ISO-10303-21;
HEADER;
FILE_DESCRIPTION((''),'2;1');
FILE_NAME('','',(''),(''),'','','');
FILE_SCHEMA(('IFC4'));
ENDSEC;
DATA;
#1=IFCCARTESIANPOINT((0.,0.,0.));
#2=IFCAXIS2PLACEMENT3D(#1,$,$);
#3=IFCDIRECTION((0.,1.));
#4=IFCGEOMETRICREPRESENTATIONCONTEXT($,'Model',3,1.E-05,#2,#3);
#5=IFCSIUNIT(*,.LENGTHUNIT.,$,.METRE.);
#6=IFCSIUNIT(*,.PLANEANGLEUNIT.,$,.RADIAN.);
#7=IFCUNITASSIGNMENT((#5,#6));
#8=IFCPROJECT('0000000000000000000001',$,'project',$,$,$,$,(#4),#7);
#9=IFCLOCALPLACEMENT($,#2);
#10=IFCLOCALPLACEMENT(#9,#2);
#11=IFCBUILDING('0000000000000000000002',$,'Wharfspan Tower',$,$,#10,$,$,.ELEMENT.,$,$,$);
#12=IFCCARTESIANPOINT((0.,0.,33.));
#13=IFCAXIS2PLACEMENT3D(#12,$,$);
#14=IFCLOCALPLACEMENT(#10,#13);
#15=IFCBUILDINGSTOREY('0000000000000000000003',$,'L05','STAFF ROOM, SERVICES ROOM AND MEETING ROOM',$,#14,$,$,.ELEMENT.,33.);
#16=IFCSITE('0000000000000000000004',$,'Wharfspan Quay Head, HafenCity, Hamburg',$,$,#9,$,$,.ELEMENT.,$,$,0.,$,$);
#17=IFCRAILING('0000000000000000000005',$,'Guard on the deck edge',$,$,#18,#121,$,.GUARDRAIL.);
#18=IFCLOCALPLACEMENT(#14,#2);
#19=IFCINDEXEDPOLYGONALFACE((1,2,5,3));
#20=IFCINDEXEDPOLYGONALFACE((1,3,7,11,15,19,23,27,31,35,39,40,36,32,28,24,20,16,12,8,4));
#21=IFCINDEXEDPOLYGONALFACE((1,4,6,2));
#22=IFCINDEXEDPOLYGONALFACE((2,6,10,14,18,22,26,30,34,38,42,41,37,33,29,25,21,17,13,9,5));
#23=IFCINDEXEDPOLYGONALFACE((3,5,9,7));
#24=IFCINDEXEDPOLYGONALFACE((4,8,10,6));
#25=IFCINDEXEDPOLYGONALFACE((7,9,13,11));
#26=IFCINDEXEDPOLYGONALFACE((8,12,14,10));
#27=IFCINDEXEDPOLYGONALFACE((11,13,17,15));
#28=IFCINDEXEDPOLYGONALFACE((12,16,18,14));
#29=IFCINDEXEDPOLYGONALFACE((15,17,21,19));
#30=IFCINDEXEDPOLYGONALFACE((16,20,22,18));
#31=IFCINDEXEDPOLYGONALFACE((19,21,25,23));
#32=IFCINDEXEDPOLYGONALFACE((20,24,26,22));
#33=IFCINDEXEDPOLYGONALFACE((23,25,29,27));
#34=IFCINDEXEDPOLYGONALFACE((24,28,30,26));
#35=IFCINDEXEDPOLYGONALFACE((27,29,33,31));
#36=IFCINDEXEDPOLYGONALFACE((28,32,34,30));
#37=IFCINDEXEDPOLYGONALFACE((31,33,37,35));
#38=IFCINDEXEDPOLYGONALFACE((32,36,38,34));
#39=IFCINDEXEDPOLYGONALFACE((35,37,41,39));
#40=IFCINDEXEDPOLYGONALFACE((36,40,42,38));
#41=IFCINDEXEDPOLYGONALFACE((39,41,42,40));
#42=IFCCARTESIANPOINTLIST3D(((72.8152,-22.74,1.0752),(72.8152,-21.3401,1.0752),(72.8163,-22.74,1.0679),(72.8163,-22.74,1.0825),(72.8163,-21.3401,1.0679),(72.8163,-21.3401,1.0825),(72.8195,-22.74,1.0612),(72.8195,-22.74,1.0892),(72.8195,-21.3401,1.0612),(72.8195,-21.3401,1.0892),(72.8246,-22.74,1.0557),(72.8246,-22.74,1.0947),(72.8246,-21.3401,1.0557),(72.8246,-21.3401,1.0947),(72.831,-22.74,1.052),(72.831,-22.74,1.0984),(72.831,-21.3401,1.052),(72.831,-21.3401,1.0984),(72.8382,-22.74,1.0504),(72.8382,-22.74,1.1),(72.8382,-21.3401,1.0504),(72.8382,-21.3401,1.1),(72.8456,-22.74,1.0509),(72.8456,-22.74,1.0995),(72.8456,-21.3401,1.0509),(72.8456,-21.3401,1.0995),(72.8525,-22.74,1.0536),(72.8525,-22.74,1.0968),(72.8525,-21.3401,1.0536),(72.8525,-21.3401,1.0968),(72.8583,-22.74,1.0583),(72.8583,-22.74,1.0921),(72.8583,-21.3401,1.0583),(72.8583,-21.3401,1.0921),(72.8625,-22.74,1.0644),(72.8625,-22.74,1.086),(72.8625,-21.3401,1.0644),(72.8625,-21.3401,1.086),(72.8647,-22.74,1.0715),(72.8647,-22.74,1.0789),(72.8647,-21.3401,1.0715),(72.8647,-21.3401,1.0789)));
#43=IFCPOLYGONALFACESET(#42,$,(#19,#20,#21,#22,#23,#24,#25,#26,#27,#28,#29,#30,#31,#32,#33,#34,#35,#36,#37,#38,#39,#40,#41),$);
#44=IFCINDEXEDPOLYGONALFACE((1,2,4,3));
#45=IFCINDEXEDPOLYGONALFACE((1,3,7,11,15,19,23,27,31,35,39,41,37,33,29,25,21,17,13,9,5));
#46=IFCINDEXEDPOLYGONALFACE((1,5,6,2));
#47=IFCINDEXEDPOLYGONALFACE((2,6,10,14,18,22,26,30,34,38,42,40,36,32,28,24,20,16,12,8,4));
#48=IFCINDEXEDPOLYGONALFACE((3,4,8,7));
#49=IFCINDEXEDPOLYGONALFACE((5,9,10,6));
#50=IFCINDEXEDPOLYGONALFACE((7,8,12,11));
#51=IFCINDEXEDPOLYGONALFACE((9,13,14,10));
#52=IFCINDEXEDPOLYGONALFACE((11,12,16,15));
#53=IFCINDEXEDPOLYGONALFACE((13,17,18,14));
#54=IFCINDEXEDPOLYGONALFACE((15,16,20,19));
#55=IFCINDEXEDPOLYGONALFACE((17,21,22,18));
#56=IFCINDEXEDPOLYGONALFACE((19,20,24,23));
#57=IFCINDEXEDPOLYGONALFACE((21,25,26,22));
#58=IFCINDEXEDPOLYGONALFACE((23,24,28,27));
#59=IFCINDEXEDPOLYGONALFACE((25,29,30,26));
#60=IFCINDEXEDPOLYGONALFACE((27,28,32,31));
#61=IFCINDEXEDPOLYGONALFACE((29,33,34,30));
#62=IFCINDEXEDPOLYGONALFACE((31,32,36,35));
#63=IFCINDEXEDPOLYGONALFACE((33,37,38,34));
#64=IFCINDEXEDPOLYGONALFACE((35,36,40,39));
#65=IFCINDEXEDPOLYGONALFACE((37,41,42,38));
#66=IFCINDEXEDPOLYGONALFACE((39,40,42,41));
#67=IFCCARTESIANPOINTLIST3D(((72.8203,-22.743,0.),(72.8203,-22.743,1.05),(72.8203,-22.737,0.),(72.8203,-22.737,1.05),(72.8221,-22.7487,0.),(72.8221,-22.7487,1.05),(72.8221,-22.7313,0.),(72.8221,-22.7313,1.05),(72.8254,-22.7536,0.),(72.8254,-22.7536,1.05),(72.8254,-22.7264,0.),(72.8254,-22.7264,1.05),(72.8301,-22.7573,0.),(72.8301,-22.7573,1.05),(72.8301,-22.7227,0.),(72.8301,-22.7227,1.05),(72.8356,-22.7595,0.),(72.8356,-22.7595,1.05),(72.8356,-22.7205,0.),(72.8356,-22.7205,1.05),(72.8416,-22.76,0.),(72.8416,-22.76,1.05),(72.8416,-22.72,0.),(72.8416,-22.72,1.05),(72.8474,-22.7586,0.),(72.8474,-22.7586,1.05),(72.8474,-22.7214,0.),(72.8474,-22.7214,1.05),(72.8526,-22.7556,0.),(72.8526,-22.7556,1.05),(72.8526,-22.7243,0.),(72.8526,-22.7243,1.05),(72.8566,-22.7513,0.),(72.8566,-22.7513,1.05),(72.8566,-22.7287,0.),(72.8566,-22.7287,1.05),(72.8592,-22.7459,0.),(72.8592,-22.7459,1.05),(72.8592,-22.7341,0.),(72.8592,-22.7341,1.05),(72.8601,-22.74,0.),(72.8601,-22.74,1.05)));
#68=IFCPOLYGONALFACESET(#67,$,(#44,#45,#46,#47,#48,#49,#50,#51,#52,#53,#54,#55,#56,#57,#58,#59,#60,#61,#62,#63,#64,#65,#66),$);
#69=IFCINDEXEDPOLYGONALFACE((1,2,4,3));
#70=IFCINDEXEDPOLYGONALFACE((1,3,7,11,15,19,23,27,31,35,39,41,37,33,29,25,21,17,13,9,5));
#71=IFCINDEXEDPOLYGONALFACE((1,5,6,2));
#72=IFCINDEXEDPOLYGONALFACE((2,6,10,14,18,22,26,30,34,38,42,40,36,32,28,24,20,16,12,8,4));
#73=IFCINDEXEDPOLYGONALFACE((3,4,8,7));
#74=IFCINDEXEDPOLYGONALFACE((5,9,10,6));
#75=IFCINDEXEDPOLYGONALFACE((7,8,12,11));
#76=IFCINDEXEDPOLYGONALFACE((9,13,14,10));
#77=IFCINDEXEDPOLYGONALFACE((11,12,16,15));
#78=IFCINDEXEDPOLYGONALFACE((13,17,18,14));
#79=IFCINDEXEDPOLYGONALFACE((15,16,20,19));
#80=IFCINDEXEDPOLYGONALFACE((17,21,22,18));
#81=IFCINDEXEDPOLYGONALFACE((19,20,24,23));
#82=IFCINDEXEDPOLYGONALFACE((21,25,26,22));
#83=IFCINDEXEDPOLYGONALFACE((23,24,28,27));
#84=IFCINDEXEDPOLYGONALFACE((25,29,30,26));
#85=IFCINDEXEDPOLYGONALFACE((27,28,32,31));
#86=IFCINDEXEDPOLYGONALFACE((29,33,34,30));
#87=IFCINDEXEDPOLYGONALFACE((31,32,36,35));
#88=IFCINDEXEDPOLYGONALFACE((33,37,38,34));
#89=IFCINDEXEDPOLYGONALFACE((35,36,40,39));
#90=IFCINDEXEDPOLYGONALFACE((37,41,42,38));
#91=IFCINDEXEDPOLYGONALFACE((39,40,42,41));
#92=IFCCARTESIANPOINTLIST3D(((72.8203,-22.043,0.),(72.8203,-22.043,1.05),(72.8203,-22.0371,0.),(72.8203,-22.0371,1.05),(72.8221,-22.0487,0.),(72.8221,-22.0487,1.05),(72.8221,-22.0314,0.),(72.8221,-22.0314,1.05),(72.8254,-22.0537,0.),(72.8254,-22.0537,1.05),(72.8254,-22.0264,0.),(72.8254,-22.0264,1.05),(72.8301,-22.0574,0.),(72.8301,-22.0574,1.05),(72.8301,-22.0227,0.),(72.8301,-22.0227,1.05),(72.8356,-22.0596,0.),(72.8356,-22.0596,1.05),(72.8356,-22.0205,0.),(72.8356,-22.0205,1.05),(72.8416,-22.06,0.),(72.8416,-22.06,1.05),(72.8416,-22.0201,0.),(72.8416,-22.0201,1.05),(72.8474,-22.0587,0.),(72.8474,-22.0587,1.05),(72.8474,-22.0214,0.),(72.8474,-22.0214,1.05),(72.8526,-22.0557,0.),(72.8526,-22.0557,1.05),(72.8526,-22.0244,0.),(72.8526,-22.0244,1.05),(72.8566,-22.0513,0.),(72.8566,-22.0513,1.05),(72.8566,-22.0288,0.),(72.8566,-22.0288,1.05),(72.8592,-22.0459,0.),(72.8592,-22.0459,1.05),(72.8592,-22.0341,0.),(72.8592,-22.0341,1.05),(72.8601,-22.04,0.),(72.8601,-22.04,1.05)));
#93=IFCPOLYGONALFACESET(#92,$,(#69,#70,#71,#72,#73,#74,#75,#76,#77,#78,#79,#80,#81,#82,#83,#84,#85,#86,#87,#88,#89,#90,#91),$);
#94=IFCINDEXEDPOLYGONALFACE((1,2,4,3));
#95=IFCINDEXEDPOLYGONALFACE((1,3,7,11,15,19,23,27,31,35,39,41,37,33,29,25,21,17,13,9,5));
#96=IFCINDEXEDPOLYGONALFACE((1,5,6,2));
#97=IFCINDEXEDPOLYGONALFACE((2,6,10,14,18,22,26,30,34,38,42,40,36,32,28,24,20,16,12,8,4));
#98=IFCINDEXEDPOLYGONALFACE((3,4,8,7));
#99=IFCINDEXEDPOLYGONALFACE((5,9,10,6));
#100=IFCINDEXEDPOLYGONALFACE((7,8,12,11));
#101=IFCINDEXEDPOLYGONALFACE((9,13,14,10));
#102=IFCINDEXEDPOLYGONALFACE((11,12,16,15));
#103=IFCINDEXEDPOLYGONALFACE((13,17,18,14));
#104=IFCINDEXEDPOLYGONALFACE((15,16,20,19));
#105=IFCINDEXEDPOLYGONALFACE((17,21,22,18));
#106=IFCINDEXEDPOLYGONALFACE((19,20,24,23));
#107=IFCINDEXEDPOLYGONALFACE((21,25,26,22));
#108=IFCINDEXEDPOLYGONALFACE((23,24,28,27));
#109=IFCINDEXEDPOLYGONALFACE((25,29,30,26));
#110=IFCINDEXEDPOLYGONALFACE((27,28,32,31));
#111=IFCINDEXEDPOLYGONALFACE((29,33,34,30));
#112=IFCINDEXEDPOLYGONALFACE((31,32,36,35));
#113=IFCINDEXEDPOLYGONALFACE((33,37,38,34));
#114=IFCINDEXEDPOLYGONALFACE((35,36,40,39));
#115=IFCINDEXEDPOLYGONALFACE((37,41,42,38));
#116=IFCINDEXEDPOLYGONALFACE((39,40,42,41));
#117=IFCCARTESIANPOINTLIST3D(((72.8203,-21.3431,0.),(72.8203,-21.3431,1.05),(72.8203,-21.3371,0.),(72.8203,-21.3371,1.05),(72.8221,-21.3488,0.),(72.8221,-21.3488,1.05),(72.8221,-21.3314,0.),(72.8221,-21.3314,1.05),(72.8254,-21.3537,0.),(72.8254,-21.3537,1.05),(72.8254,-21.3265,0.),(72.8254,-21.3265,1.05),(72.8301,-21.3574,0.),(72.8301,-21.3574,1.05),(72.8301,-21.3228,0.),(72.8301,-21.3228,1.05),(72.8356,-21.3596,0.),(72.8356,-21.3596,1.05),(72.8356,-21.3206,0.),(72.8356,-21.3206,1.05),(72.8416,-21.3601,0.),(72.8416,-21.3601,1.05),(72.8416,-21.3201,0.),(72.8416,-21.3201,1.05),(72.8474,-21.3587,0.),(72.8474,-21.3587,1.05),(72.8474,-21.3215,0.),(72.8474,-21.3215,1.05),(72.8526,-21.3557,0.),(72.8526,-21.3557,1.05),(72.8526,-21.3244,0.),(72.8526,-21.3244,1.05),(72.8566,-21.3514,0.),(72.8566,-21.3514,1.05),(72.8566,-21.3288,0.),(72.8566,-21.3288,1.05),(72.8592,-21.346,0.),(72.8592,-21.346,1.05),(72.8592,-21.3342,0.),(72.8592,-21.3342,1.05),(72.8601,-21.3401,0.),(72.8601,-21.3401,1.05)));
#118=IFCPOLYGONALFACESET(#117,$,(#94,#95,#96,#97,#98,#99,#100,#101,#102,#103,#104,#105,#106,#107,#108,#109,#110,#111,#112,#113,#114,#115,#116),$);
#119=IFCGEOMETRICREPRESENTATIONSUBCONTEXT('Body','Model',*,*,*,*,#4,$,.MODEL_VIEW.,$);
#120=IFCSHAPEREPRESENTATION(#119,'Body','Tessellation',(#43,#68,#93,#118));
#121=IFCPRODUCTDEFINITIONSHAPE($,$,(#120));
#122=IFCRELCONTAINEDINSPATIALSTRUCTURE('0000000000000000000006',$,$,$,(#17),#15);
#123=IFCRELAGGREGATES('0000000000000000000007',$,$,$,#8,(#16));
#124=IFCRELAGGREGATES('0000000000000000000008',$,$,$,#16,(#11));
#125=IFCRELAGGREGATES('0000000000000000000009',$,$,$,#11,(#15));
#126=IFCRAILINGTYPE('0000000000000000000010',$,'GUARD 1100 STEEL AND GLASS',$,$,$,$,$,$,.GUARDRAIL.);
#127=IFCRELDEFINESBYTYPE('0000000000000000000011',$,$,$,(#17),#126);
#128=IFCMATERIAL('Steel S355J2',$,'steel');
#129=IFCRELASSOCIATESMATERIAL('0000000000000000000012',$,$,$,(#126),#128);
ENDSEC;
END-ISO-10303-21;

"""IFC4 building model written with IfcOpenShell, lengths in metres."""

from ifc_helpers import new_model, si_unit, direction, frame, origin, origin_2d, place, context, subcontext, project, spatial, circle, extrude, material, type_object, element, save


model = new_model("IFC4")

# Units and contexts
model_context = context("Model", 3, precision=1e-05, world=origin(), true_north=direction((0.0, 1.0)))
body_context = subcontext(model_context, "Body", "Model", "MODEL_VIEW")
ifc_project = project(units=[si_unit("LENGTHUNIT", "METRE"), si_unit("PLANEANGLEUNIT", "RADIAN")], contexts=[model_context])

# Site, building, storey
site_placement = place(None, origin())
site = spatial("IfcSite", under=ifc_project, at=site_placement, Name="Wharfspan Quay Head, HafenCity, Hamburg", CompositionType="ELEMENT", RefElevation=0.0)
building_placement = place(site_placement, origin())
building = spatial("IfcBuilding", under=site, at=building_placement, Name="Wharfspan Tower", CompositionType="ELEMENT")
storey_placement = place(building_placement, frame((0.0, 0.0, 33.0)))
storey = spatial("IfcBuildingStorey", under=building, at=storey_placement, Name="L05", Description="STAFF ROOM, SERVICES ROOM AND MEETING ROOM", CompositionType="ELEMENT", Elevation=33.0)

# Railing
ifc_material_1 = material(Name="Steel S355J2", Category="steel")
railing_type = type_object("IfcRailingType", Name="GUARD 1100 STEEL AND GLASS", PredefinedType="GUARDRAIL", material=ifc_material_1)
railing_1_placement = place(storey_placement, frame((72.8401, -22.74, 0.0)))
element("IfcRailing", 1, at=railing_1_placement, inside=storey, type_object=railing_type, Name="Guard on the deck edge", PredefinedType="GUARDRAIL", context=body_context, shape_type="SweptSolid", body=[
    extrude(circle(Radius=0.0249, at=origin_2d()), frame((0.0, 0.0, 1.0752), z_axis=(0.0, 1.0, 0.0), x_axis=(-1.0, 0.0, 0.0)), (0.0, 0.0, 1.0), 1.3999),
    extrude(circle(Radius=0.02, at=origin_2d()), origin(), (0.0, 0.0, 1.0), 1.05),
    extrude(circle(Radius=0.02, at=origin_2d()), frame((0.0, 0.7, 0.0)), (0.0, 0.0, 1.0), 1.05),
    extrude(circle(Radius=0.02, at=origin_2d()), frame((0.0, 1.3999, 0.0)), (0.0, 0.0, 1.0), 1.05),
])

save(model, "model.ifc")
